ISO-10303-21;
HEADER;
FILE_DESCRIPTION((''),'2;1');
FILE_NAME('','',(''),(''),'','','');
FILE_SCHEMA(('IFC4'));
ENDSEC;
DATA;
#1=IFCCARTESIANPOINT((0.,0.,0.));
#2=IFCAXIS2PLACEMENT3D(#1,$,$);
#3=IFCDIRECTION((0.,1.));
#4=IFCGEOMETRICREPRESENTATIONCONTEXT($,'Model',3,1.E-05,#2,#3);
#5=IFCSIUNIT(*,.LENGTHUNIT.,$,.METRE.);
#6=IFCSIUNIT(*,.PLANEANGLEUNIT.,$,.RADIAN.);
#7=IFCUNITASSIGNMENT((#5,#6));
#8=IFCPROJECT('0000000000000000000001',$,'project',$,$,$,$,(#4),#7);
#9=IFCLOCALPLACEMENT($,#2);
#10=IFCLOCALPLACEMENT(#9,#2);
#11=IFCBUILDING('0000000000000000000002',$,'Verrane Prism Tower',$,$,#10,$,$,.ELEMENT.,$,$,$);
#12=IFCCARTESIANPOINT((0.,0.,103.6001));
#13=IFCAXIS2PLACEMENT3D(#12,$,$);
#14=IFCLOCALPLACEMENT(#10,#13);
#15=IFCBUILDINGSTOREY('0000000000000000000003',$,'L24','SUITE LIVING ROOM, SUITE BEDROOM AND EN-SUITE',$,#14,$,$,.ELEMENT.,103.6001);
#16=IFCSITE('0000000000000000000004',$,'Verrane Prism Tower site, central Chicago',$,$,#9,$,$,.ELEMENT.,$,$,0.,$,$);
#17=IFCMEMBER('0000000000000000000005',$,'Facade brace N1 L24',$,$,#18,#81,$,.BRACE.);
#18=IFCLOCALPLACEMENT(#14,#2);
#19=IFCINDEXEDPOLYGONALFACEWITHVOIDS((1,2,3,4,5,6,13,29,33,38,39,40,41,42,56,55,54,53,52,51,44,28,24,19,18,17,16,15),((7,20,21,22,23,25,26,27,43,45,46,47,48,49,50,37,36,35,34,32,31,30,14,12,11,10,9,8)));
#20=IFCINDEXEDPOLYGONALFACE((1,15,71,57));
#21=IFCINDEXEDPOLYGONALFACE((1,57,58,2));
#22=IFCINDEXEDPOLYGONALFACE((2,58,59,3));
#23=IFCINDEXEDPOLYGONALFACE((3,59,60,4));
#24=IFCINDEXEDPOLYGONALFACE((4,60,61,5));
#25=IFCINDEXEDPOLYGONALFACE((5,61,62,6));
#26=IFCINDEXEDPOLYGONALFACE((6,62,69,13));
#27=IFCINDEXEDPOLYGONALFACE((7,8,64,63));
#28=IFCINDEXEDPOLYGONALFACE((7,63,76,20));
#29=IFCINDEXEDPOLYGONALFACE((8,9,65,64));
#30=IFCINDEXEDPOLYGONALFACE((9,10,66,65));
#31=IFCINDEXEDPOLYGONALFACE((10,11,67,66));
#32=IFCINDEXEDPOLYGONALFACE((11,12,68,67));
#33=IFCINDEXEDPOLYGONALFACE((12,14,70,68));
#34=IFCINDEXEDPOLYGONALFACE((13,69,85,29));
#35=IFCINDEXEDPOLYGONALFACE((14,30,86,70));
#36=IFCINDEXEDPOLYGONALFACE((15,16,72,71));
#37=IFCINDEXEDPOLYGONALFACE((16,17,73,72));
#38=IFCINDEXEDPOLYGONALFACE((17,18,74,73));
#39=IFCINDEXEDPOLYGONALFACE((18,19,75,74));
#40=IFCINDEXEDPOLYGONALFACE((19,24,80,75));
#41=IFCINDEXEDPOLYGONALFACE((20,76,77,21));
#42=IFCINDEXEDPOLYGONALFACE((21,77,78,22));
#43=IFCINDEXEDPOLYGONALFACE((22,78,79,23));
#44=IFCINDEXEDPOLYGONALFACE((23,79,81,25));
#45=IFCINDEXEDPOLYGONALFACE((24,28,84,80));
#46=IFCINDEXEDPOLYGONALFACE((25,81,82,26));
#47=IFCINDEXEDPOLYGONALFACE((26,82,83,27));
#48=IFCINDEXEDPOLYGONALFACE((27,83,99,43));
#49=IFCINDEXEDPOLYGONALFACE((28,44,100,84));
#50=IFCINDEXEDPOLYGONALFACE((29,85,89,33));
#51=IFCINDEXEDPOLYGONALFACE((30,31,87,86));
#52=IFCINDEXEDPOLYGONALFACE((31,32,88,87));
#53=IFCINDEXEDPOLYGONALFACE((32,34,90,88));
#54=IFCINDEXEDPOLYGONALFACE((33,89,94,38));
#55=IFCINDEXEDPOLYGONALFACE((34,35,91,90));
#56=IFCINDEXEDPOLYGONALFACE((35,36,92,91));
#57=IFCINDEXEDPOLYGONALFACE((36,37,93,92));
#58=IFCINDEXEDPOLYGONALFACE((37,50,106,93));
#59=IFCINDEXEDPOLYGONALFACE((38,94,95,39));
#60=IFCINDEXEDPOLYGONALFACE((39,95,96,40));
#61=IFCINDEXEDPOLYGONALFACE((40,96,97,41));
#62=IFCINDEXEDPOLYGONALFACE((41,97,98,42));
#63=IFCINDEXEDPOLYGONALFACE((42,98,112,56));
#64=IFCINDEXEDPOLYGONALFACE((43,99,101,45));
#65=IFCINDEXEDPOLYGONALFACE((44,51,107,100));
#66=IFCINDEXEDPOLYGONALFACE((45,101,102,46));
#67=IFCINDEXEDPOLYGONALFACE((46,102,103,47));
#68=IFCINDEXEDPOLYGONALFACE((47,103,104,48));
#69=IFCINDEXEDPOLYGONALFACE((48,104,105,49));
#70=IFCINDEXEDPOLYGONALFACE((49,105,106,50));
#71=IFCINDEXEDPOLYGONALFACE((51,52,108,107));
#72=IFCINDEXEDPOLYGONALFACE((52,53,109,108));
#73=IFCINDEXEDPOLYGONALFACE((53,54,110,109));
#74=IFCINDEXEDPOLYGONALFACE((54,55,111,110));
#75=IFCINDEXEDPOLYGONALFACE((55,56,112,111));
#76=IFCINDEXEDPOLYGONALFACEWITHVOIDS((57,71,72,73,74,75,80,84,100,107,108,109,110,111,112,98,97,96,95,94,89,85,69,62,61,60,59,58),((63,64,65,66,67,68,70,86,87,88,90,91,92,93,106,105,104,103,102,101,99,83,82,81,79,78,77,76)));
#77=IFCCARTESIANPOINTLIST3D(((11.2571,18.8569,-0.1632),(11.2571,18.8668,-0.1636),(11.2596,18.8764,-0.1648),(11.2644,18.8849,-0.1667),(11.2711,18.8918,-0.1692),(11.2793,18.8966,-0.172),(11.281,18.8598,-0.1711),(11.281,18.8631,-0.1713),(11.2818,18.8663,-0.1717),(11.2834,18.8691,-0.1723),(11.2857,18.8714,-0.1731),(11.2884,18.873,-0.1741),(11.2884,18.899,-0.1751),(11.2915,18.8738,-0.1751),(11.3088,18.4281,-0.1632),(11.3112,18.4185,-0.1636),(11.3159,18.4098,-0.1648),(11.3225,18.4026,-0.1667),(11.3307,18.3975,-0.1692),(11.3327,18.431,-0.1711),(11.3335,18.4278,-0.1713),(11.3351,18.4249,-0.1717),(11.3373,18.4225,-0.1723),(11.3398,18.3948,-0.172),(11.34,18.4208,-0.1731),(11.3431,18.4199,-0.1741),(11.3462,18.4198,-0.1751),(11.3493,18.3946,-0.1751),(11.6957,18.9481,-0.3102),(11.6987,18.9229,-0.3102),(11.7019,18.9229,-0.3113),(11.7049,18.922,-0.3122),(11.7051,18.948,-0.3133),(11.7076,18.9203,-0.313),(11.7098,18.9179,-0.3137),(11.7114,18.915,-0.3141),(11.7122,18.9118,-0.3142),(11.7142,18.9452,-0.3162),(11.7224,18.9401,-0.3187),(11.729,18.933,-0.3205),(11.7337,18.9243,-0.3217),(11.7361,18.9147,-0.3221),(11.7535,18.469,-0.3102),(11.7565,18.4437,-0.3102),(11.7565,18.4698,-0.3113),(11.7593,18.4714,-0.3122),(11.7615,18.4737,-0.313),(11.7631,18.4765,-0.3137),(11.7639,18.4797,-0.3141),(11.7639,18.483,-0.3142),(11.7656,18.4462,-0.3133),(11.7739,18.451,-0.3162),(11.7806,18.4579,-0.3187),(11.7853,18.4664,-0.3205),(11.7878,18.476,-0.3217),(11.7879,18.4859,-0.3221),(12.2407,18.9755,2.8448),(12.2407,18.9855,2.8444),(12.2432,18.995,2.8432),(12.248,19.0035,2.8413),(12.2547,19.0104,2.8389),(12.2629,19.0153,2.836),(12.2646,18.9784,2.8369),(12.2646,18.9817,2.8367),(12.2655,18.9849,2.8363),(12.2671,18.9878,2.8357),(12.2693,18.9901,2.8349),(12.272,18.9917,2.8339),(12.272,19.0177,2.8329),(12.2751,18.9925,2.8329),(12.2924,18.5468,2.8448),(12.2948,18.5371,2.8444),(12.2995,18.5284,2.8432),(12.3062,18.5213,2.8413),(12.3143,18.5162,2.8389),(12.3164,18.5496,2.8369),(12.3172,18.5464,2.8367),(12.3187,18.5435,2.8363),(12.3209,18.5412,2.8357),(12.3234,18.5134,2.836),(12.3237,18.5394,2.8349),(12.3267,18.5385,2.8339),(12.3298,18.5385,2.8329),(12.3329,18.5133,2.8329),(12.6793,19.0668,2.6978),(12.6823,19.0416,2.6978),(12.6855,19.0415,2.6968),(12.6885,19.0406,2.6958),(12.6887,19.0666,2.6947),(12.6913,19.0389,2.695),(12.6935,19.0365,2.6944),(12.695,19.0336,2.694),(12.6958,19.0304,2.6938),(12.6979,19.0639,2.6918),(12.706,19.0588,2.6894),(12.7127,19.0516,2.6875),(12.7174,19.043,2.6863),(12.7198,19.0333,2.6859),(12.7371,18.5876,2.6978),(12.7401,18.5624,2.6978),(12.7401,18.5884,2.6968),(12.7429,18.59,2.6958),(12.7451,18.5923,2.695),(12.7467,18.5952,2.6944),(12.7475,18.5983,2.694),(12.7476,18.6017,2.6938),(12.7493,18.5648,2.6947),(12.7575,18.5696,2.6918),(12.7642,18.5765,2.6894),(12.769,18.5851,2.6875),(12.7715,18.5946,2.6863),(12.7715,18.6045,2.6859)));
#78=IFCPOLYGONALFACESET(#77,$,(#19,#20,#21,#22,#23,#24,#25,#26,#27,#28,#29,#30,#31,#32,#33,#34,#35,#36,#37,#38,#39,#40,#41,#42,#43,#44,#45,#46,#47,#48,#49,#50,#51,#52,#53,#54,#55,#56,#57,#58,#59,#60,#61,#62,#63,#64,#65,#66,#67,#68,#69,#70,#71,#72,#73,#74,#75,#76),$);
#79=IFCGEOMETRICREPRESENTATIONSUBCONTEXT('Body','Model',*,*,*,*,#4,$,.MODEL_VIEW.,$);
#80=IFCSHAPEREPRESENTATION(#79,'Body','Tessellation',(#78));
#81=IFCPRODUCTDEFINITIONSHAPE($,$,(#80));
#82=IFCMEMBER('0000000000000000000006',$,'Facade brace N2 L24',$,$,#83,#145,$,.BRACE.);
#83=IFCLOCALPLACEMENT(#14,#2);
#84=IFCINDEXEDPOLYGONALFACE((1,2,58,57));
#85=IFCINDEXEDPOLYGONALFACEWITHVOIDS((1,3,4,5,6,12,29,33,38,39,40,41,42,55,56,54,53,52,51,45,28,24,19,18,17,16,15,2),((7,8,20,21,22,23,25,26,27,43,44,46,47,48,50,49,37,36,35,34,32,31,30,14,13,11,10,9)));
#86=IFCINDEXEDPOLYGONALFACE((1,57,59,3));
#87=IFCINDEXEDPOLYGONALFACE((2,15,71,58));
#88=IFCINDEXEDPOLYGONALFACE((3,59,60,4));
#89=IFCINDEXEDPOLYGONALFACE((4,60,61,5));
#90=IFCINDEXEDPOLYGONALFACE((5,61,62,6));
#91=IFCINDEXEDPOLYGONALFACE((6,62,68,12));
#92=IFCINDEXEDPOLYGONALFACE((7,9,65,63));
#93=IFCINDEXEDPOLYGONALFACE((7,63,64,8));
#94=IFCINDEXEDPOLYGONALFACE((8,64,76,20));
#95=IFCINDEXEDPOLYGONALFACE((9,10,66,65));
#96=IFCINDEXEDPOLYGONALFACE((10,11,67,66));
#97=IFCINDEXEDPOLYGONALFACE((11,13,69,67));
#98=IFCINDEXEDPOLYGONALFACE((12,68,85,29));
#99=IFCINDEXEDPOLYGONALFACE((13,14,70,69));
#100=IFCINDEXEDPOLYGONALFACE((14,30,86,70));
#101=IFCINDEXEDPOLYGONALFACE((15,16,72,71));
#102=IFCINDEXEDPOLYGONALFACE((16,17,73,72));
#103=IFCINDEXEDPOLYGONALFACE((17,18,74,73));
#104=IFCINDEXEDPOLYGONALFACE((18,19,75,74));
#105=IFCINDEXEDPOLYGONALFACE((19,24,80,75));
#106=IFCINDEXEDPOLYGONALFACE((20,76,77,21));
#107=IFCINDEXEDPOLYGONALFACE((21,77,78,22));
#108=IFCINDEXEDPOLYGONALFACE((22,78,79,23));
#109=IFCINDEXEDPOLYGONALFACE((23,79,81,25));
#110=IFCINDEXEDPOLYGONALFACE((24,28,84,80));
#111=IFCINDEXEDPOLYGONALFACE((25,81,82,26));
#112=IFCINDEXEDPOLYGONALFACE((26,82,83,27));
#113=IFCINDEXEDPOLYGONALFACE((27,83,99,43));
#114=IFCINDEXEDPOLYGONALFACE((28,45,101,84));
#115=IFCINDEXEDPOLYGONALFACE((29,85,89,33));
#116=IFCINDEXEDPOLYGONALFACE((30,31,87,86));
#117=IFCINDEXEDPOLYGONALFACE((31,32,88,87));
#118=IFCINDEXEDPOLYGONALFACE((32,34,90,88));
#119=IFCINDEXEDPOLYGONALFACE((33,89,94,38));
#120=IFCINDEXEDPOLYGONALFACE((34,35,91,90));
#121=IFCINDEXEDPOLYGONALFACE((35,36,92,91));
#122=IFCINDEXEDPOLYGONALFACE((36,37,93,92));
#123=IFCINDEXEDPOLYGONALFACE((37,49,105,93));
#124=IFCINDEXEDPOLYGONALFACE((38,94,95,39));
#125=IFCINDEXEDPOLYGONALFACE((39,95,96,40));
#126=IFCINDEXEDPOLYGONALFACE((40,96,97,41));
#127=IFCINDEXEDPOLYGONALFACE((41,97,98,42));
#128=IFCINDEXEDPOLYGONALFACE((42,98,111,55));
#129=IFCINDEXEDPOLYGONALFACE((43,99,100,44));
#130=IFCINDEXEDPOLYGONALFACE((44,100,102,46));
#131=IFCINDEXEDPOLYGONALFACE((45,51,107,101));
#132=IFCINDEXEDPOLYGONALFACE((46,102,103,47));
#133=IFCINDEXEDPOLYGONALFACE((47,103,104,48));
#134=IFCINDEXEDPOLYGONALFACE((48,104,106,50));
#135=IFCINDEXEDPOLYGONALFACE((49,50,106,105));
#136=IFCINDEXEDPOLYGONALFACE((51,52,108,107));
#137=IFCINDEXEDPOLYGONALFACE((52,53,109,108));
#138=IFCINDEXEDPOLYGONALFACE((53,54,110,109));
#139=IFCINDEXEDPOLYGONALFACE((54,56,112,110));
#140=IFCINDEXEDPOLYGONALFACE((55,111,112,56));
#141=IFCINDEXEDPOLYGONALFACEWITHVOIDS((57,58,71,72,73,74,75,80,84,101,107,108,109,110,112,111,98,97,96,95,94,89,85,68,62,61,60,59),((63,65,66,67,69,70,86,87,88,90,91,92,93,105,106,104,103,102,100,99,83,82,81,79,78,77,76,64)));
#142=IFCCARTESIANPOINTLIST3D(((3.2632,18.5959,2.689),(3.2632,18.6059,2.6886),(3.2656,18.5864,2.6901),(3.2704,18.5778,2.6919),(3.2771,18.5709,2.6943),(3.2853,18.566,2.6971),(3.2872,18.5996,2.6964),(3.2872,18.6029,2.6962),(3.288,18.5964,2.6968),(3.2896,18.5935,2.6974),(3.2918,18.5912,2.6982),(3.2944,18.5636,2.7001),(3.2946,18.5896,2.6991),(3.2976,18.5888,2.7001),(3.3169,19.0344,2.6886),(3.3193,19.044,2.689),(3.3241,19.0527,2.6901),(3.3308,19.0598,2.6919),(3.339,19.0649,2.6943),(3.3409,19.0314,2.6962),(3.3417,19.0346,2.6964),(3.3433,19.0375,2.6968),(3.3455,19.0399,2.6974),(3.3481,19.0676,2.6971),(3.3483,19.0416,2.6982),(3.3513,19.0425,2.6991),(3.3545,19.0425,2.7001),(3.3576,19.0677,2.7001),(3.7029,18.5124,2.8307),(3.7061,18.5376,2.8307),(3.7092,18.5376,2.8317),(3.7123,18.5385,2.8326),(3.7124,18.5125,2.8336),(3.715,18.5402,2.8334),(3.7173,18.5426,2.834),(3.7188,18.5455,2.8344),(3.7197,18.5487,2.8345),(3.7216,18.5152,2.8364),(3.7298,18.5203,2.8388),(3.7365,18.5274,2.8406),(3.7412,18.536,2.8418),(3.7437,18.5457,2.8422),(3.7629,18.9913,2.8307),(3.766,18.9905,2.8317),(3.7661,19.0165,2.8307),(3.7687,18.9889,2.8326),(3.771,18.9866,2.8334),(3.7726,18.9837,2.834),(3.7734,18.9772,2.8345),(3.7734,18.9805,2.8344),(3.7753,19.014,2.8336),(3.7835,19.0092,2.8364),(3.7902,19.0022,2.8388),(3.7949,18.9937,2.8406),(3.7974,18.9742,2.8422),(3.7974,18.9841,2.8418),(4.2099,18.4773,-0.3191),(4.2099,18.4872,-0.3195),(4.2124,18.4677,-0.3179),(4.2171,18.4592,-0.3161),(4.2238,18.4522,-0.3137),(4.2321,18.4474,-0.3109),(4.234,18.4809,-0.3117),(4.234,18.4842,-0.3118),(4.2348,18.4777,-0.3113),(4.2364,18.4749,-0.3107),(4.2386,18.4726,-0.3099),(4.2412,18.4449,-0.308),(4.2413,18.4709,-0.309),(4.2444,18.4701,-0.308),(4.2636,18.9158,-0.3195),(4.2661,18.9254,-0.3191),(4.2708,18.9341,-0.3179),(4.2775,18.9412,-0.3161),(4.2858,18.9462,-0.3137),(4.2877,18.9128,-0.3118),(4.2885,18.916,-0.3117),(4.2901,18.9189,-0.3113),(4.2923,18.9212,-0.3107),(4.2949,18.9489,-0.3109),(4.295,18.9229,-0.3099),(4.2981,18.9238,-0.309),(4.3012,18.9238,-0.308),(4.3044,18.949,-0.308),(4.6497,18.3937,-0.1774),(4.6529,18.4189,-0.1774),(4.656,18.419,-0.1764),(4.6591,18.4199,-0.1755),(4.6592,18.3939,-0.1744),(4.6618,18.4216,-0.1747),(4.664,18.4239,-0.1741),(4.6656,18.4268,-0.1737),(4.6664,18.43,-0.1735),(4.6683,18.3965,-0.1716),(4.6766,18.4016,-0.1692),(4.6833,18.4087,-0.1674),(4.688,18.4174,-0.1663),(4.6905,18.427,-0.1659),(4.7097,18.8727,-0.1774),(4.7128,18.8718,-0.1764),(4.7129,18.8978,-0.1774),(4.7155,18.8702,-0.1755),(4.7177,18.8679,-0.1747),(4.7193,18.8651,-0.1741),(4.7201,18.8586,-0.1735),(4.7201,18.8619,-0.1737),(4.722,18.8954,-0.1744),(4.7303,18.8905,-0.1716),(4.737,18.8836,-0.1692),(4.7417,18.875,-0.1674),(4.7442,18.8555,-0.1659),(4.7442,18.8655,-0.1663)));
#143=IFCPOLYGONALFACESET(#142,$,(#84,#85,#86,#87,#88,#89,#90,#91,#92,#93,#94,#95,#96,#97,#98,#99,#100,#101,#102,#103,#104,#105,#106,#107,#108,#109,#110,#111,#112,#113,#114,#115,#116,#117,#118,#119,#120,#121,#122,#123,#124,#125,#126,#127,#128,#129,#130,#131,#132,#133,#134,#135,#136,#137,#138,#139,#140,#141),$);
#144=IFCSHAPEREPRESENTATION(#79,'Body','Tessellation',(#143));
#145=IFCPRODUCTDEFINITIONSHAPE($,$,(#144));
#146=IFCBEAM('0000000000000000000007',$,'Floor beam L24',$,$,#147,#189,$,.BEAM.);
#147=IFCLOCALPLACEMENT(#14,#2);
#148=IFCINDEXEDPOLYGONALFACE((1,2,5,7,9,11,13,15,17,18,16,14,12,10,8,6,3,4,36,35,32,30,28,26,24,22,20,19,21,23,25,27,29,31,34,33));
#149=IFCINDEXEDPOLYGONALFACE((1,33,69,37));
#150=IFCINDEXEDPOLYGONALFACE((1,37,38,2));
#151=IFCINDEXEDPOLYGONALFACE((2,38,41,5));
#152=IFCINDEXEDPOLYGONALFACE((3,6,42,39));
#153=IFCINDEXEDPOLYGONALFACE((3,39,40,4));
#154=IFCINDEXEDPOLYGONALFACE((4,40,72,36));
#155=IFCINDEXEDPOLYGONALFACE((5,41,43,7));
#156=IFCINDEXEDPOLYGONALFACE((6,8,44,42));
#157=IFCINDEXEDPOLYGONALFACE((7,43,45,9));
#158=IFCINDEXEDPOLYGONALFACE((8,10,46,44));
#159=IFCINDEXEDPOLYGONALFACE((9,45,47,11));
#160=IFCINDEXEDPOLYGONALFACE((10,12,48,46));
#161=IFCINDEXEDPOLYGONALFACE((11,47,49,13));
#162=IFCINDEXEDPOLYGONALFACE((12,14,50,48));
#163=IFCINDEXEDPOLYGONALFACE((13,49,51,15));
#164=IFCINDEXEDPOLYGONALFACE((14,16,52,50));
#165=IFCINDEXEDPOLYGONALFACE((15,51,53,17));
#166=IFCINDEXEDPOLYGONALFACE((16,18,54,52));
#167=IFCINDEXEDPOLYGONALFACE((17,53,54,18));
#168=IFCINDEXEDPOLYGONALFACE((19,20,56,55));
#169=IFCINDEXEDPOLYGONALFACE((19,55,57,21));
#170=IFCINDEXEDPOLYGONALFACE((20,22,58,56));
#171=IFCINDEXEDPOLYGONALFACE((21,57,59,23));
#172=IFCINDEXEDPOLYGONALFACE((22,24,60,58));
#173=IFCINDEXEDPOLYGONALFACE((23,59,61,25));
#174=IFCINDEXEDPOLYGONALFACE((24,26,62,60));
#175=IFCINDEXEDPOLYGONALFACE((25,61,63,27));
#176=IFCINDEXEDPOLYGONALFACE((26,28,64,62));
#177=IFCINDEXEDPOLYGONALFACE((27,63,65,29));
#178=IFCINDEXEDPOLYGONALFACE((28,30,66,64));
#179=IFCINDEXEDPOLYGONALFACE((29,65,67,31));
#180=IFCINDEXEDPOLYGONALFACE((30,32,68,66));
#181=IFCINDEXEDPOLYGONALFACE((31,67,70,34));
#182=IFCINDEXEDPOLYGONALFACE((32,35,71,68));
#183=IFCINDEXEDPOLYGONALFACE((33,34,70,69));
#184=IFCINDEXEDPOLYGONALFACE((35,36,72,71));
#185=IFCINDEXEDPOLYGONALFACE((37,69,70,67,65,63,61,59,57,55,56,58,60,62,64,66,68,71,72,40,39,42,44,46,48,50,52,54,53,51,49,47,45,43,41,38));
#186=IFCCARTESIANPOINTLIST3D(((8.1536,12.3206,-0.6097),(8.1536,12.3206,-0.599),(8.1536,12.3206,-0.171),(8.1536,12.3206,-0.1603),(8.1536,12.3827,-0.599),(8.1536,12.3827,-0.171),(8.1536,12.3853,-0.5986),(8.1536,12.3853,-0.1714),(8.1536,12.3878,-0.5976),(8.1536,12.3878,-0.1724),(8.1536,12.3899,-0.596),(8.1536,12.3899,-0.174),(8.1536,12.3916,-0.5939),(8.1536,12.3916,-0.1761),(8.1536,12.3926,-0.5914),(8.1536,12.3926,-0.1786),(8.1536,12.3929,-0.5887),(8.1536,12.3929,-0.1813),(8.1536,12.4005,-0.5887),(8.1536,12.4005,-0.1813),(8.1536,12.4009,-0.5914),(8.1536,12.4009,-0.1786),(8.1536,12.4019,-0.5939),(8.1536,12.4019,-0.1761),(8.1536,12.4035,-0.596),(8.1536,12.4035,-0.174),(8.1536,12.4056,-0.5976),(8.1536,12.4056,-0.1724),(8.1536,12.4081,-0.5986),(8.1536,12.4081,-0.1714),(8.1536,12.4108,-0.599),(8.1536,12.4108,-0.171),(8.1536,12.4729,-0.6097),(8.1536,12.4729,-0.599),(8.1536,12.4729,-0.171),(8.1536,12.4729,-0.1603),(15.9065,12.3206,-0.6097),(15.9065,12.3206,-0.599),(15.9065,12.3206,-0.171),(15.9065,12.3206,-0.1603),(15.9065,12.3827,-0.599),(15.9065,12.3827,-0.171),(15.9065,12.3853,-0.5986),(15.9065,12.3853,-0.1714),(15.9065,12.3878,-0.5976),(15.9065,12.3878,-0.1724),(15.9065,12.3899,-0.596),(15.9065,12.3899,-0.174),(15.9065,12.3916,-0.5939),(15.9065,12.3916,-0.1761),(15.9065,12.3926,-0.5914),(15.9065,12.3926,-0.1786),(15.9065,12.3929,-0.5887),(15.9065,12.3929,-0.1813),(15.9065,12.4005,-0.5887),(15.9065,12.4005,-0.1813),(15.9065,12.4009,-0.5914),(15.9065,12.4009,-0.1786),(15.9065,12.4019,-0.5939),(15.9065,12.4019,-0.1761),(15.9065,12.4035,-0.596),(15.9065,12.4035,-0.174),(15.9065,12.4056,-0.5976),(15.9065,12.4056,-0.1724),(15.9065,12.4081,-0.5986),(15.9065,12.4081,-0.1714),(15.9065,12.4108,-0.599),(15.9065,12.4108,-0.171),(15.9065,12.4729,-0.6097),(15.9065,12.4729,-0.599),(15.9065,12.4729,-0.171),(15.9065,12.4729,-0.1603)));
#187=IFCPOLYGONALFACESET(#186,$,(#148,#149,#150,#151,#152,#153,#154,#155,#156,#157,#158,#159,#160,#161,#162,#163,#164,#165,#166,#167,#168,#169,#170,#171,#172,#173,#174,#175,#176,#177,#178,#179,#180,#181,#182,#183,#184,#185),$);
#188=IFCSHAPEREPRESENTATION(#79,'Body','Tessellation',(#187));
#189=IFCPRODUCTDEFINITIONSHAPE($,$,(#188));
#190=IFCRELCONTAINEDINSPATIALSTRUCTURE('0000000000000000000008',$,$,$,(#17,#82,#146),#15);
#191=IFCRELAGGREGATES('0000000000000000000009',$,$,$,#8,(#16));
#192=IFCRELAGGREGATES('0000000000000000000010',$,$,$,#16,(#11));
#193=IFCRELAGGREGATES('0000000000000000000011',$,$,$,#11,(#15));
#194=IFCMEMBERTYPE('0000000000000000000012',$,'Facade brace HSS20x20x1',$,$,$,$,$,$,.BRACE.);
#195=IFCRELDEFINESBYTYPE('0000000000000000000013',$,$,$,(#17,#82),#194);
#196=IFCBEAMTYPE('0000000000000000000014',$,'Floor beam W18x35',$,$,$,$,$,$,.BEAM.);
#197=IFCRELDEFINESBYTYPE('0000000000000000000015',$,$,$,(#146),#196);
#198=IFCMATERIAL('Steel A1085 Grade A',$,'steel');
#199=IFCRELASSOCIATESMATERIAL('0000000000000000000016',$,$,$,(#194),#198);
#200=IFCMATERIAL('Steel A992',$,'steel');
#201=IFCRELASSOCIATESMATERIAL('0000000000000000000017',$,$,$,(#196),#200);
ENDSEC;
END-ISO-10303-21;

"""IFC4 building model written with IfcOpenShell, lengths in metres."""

from ifc_helpers import new_model, si_unit, direction, frame, origin, origin_2d, place, context, subcontext, project, spatial, hollow_rectangle, i_section, extrude, material, material_profile, profile_set, type_object, element, save


model = new_model("IFC4")

# Units and contexts
model_context = context("Model", 3, precision=1e-05, world=origin(), true_north=direction((0.0, 1.0)))
body_context = subcontext(model_context, "Body", "Model", "MODEL_VIEW")
ifc_project = project(units=[si_unit("LENGTHUNIT", "METRE"), si_unit("PLANEANGLEUNIT", "RADIAN")], contexts=[model_context])

# Site, building, storey
site_placement = place(None, origin())
site = spatial("IfcSite", under=ifc_project, at=site_placement, Name="Verrane Prism Tower site, central Chicago", CompositionType="ELEMENT", RefElevation=0.0)
building_placement = place(site_placement, origin())
building = spatial("IfcBuilding", under=site, at=building_placement, Name="Verrane Prism Tower", CompositionType="ELEMENT")
storey_placement = place(building_placement, frame((0.0, 0.0, 103.6001)))
storey = spatial("IfcBuildingStorey", under=building, at=storey_placement, Name="L24", Description="SUITE LIVING ROOM, SUITE BEDROOM AND EN-SUITE", CompositionType="ELEMENT", Elevation=103.6001)

# Members
ifc_material_1 = material(Name="Steel A1085 Grade A", Category="steel")
ifc_material_profile_1 = material_profile(ifc_material_1, hollow_rectangle(XDim=0.5081, YDim=0.5081, WallThickness=0.0254, InnerFilletRadius=0.0127, OuterFilletRadius=0.0381, at=origin_2d()), Name="HSS20x20x1")
ifc_profile_set_1 = profile_set([ifc_material_profile_1], Name="Steel A1085 Grade A")
member_type_1 = type_object("IfcMemberType", Name="Facade brace HSS20x20x1", PredefinedType="BRACE", material=ifc_profile_set_1)
member_1_placement = place(storey_placement, frame((11.5225, 18.6714, -0.2427), z_axis=(0.310589, 0.037465, 0.949806), x_axis=(-0.119757, 0.992803, 0.0)))
element("IfcMember", 1, at=member_1_placement, inside=storey, type_object=member_type_1, Name="Facade brace N1 L24", PredefinedType="BRACE", context=body_context, shape_type="SweptSolid", body=[
    extrude(hollow_rectangle(XDim=0.5081, YDim=0.5081, WallThickness=0.0254, InnerFilletRadius=0.0127, OuterFilletRadius=0.0381, at=origin_2d()), origin(), (0.0, 0.0, 1.0), 3.167),
])
member_2_placement = place(storey_placement, frame((4.4771, 18.6714, -0.2427), z_axis=(-0.300015, 0.037599, 0.953193), x_axis=(-0.12435, -0.992238, 0.0)))
element("IfcMember", 2, at=member_2_placement, inside=storey, type_object=member_type_1, Name="Facade brace N2 L24", PredefinedType="BRACE", context=body_context, shape_type="SweptSolid", body=[
    extrude(hollow_rectangle(XDim=0.5081, YDim=0.5081, WallThickness=0.0254, InnerFilletRadius=0.0127, OuterFilletRadius=0.0381, at=origin_2d()), origin(), (0.0, 0.0, 1.0), 3.1558),
])

# Beam
ifc_material_2 = material(Name="Steel A992", Category="steel")
ifc_material_profile_2 = material_profile(ifc_material_2, i_section(OverallWidth=0.1523, OverallDepth=0.4495, WebThickness=0.0076, FlangeThickness=0.0107, FilletRadius=0.0103, at=origin_2d()), Name="W18x35")
ifc_profile_set_2 = profile_set([ifc_material_profile_2], Name="Steel A992")
beam_type_1 = type_object("IfcBeamType", Name="Floor beam W18x35", PredefinedType="BEAM", material=ifc_profile_set_2)
for number, where, z_axis, x_axis, name in (
    (3, (8.1536, 12.3967, -0.385), (1.0, 0.0, 0.0), (0.0, 1.0, 0.0), "Floor beam L24"),
):
    element("IfcBeam", number, at=place(storey_placement, frame(where, z_axis=z_axis, x_axis=x_axis)), inside=storey, type_object=beam_type_1, Name=name, PredefinedType="BEAM", context=body_context, shape_type="SweptSolid", body=[
        extrude(i_section(OverallWidth=0.1523, OverallDepth=0.4495, WebThickness=0.0076, FlangeThickness=0.0107, FilletRadius=0.0103, at=origin_2d()), origin(), (0.0, 0.0, 1.0), 7.7529),
    ])

save(model, "model.ifc")
